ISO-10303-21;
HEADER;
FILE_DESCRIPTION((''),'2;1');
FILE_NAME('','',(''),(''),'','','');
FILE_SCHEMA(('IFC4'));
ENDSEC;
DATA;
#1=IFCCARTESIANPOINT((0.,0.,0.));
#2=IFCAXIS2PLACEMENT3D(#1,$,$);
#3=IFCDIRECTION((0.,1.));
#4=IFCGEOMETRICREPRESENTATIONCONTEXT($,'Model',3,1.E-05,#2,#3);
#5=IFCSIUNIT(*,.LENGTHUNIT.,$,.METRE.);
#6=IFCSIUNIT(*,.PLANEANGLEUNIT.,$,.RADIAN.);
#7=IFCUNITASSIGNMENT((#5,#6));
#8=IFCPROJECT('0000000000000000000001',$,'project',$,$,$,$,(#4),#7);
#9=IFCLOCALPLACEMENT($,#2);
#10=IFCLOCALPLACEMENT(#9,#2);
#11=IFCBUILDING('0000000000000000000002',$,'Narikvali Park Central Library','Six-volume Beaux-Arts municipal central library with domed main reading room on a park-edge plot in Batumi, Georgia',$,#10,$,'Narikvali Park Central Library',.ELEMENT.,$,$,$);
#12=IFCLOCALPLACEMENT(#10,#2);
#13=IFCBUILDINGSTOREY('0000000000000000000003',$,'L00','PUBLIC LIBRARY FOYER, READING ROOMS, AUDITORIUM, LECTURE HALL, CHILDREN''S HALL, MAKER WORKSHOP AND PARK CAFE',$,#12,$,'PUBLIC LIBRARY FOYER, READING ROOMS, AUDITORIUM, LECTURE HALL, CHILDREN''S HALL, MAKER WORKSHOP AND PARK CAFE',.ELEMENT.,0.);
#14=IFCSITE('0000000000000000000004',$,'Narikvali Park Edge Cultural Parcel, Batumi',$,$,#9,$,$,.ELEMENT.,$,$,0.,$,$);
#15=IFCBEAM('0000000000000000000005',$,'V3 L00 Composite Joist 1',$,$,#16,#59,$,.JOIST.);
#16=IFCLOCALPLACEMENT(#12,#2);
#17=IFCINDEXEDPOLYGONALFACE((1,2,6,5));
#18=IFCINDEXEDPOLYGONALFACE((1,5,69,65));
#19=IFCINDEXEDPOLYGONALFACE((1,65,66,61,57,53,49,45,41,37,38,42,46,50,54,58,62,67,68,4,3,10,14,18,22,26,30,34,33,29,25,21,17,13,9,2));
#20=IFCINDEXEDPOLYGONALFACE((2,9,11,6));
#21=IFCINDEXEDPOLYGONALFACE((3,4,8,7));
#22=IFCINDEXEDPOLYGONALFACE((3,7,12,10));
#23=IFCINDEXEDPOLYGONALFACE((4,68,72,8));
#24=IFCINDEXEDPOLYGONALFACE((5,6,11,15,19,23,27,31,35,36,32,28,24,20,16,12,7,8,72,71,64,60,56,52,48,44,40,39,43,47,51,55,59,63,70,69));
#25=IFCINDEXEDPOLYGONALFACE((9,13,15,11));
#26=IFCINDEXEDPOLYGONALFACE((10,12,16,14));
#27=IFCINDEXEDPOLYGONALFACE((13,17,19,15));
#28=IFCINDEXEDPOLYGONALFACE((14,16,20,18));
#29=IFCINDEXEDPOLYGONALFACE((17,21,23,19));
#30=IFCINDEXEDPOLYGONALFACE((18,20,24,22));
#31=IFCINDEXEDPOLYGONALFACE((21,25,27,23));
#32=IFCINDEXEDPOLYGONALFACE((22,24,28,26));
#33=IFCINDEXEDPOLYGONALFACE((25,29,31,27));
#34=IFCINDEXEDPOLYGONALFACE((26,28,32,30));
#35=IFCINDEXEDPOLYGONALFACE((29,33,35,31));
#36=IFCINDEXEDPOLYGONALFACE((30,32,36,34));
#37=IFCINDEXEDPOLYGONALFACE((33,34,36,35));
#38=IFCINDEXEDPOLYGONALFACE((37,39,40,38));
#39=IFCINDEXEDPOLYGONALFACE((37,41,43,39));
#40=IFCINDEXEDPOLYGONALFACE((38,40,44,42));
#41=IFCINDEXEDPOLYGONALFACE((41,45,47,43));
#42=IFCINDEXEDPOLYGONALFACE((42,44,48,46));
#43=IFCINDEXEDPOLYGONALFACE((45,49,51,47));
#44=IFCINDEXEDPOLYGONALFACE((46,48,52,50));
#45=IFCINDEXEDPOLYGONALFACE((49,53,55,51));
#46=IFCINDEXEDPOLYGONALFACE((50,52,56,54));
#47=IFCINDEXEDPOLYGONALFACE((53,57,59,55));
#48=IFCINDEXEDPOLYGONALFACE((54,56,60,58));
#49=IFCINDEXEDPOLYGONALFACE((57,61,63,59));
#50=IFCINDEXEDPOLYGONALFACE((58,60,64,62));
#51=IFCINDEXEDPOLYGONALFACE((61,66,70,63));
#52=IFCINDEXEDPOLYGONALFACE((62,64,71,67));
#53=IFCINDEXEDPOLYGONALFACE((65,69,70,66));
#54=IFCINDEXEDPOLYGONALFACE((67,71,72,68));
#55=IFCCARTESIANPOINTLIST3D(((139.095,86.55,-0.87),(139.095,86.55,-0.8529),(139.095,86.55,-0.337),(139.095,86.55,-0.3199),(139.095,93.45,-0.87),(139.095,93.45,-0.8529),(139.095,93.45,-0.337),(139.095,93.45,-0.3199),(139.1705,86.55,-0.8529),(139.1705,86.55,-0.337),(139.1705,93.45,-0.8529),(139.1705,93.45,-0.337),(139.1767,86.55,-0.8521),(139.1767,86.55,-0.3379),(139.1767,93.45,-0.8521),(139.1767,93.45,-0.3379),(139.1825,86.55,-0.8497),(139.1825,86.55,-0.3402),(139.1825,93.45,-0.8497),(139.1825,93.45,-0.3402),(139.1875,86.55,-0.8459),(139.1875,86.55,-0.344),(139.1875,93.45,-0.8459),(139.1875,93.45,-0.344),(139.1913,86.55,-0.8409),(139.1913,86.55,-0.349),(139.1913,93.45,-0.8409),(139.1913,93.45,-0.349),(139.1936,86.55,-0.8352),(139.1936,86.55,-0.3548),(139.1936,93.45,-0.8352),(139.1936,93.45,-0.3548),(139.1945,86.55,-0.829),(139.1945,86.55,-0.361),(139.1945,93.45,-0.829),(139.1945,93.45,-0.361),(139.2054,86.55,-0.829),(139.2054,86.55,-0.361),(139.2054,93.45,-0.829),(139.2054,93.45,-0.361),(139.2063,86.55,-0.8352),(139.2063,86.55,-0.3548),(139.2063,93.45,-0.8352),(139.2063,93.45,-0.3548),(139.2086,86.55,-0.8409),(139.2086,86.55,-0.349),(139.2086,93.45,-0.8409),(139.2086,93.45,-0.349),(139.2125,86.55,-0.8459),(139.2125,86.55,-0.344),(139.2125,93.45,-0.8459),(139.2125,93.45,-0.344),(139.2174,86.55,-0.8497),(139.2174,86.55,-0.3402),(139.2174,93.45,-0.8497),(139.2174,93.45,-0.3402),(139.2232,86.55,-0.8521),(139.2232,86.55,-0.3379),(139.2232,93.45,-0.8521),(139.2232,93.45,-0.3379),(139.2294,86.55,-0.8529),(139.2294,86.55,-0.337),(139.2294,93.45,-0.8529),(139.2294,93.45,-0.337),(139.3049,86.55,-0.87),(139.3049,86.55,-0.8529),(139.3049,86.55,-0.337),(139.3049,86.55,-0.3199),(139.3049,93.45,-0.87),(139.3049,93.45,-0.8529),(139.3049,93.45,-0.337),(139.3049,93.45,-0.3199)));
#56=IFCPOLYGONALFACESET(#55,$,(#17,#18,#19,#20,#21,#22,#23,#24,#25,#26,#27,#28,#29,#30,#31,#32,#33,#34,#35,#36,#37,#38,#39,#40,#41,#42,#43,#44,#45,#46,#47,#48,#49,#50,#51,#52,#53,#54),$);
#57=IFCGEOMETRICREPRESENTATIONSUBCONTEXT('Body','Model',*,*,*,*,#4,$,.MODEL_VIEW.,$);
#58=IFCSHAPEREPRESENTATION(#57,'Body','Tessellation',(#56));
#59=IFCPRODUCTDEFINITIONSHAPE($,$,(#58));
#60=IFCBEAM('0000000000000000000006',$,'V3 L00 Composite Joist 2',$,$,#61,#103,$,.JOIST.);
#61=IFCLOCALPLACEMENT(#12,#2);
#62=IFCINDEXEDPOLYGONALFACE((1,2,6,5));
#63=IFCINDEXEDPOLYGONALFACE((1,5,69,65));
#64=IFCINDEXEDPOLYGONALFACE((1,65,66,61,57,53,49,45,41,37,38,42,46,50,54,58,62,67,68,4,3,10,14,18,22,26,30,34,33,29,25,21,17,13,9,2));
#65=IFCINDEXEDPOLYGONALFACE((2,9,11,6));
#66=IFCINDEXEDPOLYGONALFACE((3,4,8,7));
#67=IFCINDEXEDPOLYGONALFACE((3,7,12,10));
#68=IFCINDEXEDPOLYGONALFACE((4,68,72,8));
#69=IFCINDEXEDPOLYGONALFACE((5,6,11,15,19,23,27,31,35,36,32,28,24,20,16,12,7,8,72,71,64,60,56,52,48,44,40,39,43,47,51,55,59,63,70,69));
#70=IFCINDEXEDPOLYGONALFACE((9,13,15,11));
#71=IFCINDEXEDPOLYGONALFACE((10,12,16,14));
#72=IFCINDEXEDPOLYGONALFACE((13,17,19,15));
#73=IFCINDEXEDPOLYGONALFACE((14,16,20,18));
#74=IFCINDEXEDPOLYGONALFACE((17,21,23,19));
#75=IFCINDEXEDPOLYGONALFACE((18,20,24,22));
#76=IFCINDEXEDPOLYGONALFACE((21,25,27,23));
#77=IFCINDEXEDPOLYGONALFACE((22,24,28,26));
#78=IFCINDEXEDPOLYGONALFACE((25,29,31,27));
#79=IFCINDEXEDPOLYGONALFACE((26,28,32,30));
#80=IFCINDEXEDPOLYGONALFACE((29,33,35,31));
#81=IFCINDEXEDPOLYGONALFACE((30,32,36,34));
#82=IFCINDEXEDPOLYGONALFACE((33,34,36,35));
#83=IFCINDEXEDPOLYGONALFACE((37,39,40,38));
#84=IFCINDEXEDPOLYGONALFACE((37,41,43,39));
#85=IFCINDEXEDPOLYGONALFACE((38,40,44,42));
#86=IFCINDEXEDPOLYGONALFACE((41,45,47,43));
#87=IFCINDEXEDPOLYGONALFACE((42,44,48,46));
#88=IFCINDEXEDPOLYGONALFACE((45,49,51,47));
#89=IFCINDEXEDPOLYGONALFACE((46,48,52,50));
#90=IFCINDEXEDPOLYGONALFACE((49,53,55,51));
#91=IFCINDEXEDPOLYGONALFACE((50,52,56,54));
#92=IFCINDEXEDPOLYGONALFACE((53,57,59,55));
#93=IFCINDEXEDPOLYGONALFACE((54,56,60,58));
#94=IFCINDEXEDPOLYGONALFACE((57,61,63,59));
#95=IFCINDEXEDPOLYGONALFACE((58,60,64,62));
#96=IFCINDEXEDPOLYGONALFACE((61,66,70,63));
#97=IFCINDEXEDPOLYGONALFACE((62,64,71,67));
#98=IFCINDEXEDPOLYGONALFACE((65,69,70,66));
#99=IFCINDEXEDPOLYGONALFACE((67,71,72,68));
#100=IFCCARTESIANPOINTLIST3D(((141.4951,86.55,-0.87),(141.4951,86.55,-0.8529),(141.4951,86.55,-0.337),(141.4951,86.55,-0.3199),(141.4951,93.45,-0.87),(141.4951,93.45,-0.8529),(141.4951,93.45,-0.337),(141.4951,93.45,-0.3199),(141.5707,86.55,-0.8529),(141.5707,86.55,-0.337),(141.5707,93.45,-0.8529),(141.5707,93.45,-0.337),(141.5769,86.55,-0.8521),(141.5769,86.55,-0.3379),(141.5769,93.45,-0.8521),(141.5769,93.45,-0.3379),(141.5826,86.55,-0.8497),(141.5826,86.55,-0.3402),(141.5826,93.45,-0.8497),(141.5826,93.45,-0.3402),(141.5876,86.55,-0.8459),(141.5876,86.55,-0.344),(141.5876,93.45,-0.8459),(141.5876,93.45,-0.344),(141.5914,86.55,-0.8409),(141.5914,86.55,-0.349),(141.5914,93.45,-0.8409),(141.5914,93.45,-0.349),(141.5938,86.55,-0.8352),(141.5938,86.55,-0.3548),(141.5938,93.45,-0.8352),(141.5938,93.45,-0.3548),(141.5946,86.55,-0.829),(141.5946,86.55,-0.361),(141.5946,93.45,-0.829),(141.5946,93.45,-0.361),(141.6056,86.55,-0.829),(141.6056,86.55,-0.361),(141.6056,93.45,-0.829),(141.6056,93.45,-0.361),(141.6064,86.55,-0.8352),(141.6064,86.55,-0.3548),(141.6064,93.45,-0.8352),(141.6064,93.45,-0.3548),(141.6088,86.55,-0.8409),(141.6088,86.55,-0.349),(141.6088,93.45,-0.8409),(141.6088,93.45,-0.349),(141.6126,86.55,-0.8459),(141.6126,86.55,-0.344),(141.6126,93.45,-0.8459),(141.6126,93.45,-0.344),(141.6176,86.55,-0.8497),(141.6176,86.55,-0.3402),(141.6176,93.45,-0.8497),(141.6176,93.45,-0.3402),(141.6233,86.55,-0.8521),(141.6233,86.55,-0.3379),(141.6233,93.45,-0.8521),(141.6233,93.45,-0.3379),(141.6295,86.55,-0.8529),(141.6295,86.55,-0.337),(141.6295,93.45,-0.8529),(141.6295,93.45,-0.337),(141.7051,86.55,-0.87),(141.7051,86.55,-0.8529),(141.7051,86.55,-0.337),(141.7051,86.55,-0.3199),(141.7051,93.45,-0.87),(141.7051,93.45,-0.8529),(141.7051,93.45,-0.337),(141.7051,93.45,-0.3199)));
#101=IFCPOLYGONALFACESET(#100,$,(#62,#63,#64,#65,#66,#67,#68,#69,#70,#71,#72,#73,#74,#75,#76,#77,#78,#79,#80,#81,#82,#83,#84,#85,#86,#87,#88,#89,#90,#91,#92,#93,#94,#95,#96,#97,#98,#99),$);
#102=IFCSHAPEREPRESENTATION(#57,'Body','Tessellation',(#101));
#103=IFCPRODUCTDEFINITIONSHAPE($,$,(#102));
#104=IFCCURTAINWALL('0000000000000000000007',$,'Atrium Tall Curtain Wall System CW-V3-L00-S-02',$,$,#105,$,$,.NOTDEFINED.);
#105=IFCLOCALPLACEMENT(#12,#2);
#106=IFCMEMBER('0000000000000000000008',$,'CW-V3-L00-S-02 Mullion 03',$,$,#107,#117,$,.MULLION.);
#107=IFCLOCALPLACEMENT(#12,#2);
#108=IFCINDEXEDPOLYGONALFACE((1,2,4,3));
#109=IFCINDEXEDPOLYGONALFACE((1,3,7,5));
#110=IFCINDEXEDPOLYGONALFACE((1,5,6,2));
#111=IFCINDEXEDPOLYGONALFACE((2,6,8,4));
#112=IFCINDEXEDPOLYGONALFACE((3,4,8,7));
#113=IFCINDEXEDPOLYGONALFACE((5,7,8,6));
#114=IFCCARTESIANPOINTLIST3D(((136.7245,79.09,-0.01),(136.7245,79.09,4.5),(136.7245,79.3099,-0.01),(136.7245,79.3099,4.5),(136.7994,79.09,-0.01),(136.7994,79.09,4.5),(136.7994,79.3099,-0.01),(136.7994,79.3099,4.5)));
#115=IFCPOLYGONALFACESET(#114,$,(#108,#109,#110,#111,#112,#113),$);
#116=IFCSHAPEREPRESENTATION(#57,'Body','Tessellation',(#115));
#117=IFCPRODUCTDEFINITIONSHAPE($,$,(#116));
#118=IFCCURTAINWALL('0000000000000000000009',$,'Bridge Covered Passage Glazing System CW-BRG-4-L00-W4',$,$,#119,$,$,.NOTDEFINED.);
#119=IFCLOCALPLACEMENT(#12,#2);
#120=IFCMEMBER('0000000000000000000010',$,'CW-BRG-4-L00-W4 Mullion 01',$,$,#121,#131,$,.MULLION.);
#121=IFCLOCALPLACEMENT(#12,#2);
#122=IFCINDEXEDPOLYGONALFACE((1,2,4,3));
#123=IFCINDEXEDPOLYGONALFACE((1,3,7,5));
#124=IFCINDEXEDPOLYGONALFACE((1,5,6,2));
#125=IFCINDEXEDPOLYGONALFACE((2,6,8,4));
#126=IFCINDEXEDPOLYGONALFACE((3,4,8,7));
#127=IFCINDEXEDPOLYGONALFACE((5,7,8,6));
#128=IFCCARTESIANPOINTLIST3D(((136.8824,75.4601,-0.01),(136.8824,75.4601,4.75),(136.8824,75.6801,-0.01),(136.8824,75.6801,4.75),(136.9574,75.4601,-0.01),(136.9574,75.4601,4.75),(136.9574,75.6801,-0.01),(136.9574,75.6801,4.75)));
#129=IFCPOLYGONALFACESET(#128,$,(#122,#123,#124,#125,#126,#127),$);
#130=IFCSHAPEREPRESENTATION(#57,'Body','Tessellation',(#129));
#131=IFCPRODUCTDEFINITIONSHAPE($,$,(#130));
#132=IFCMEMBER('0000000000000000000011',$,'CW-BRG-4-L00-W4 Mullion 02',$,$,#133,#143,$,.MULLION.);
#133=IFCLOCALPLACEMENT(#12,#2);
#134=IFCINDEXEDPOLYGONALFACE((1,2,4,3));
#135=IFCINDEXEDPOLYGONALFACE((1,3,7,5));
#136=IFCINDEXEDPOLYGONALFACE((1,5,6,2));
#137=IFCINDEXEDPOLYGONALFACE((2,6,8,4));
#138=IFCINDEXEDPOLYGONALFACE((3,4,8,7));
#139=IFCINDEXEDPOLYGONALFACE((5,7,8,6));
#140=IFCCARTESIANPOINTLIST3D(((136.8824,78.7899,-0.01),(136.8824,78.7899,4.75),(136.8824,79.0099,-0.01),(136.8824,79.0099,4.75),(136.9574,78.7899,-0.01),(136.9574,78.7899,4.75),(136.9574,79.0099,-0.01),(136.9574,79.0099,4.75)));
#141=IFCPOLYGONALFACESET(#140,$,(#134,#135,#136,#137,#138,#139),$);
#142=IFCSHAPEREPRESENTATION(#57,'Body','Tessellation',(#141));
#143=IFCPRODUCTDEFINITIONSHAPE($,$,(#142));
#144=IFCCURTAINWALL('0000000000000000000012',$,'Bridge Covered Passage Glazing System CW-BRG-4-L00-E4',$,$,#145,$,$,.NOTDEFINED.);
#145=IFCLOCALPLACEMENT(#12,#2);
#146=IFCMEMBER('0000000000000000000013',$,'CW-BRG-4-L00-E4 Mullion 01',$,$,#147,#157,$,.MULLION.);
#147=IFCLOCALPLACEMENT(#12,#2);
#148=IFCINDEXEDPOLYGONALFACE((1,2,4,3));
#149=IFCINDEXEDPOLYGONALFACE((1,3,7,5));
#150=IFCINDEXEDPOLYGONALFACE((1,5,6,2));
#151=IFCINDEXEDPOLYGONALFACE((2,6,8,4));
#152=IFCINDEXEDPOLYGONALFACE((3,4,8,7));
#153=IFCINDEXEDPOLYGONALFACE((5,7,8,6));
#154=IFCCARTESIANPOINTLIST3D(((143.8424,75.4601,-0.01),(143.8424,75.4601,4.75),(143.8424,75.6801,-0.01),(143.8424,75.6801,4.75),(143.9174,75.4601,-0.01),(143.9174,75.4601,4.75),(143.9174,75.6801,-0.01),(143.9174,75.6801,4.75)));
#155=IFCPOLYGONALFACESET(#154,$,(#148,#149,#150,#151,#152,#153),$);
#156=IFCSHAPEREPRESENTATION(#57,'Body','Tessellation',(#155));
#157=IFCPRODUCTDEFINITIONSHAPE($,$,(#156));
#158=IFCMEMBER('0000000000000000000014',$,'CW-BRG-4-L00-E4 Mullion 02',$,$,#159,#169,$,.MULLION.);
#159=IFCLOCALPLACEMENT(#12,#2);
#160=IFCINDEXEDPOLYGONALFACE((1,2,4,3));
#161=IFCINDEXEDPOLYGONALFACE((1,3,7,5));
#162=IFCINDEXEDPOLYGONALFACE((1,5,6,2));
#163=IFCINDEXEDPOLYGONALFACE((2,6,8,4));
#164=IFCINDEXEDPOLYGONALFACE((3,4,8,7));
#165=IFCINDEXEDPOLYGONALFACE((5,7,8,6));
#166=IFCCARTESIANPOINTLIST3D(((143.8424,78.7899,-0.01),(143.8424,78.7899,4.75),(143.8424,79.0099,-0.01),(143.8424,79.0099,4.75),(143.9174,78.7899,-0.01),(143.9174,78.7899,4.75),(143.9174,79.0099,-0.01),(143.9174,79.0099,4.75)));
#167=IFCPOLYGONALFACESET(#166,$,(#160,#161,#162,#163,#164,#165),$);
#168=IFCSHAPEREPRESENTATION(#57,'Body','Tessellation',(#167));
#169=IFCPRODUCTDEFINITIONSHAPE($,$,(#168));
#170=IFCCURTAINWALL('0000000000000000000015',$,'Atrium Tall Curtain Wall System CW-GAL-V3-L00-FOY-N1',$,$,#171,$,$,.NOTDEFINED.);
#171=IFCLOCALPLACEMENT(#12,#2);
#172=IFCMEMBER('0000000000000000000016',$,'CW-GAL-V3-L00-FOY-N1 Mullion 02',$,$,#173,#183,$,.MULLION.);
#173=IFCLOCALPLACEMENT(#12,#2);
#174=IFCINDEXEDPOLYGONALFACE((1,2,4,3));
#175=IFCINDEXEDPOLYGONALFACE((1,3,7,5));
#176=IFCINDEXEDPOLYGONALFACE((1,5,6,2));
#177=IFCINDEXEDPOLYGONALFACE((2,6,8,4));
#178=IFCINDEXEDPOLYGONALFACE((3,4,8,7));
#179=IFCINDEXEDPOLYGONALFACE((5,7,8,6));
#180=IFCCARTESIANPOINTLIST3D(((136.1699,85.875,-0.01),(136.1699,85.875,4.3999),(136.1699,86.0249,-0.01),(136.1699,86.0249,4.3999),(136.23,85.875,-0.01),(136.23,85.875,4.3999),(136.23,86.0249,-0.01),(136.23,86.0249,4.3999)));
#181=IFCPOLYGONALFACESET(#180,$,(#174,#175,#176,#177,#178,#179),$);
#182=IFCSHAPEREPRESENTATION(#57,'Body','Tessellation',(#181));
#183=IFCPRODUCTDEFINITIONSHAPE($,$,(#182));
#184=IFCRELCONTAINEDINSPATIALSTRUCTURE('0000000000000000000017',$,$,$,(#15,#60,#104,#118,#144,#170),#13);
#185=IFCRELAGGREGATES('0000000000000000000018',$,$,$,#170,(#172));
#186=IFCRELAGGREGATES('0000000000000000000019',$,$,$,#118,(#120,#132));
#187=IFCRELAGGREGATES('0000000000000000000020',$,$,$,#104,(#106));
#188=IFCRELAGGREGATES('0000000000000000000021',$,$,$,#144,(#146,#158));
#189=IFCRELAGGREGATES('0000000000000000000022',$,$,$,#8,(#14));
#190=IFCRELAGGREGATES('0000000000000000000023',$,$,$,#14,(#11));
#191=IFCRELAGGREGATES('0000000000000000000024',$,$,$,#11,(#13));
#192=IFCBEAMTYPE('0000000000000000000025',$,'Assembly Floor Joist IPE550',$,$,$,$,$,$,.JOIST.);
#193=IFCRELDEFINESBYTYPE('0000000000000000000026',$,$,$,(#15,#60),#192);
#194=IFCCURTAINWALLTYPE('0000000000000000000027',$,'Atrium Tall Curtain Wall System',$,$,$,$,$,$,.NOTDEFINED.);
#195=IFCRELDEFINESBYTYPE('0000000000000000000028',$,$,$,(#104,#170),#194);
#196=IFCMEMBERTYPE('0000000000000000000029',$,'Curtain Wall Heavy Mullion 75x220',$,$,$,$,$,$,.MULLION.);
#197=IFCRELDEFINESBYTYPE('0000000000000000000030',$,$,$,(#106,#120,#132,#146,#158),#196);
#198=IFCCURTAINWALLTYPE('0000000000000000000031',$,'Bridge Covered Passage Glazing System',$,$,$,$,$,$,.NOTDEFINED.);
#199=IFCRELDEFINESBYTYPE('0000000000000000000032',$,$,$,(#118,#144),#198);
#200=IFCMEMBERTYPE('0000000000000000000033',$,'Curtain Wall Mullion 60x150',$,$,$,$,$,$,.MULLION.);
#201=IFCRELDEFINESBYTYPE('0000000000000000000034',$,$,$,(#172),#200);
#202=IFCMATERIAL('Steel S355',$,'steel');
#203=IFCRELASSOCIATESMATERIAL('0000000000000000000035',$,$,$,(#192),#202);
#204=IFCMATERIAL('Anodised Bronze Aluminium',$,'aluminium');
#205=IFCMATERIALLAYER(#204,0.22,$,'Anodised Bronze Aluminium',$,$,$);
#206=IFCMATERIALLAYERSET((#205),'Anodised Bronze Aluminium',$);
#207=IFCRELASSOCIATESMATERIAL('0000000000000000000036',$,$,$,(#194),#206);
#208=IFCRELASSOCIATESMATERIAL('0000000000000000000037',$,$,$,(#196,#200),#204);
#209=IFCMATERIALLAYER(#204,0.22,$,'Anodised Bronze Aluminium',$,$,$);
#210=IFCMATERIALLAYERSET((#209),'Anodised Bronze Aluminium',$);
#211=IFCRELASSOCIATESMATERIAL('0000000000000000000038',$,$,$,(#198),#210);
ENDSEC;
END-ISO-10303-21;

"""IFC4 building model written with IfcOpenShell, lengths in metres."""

from ifc_helpers import new_model, si_unit, direction, frame, origin, origin_2d, place, context, subcontext, project, spatial, rectangle, i_section, extrude, material, layer, layer_set, material_profile, profile_set, type_object, element, aggregate, save


model = new_model("IFC4")

# Units and contexts
model_context = context("Model", 3, precision=1e-05, world=origin(), true_north=direction((0.0, 1.0)))
body_context = subcontext(model_context, "Body", "Model", "MODEL_VIEW")
ifc_project = project(units=[si_unit("LENGTHUNIT", "METRE"), si_unit("PLANEANGLEUNIT", "RADIAN")], contexts=[model_context])

# Site, building, storey
site_placement = place(None, origin())
site = spatial("IfcSite", under=ifc_project, at=site_placement, Name="Narikvali Park Edge Cultural Parcel, Batumi", CompositionType="ELEMENT", RefElevation=0.0)
building_placement = place(site_placement, origin())
building = spatial("IfcBuilding", under=site, at=building_placement, Name="Narikvali Park Central Library", Description="Six-volume Beaux-Arts municipal central library with domed main reading room on a park-edge plot in Batumi, Georgia", LongName="Narikvali Park Central Library", CompositionType="ELEMENT")
storey_placement = place(building_placement, origin())
storey = spatial("IfcBuildingStorey", under=building, at=storey_placement, Name="L00", Description="PUBLIC LIBRARY FOYER, READING ROOMS, AUDITORIUM, LECTURE HALL, CHILDREN'S HALL, MAKER WORKSHOP AND PARK CAFE", LongName="PUBLIC LIBRARY FOYER, READING ROOMS, AUDITORIUM, LECTURE HALL, CHILDREN'S HALL, MAKER WORKSHOP AND PARK CAFE", CompositionType="ELEMENT", Elevation=0.0)

# Shared definitions
ifc_material_1 = material(Name="Steel S355", Category="steel")

# Beams
ifc_material_profile_1 = material_profile(ifc_material_1, i_section(OverallWidth=0.21, OverallDepth=0.55, WebThickness=0.011, FlangeThickness=0.0171, FilletRadius=0.0239, at=origin_2d()), Name="IPE 550")
ifc_profile_set_1 = profile_set([ifc_material_profile_1], Name="Steel S355")
beam_type_1 = type_object("IfcBeamType", Name="Assembly Floor Joist IPE550", PredefinedType="JOIST", material=ifc_profile_set_1)
for number, where, z_axis, x_axis, name in (
    (1, (139.2, 86.55, -0.595), (0.0, 1.0, 0.0), (-1.0, 0.0, 0.0), "V3 L00 Composite Joist 1"),
    (2, (141.6001, 86.55, -0.595), (0.0, 1.0, 0.0), (-1.0, 0.0, 0.0), "V3 L00 Composite Joist 2"),
):
    element("IfcBeam", number, at=place(storey_placement, frame(where, z_axis=z_axis, x_axis=x_axis)), inside=storey, type_object=beam_type_1, Name=name, PredefinedType="JOIST", context=body_context, shape_type="SweptSolid", body=[
        extrude(i_section(OverallWidth=0.21, OverallDepth=0.55, WebThickness=0.011, FlangeThickness=0.0171, FilletRadius=0.0239, at=origin_2d()), origin(), (0.0, 0.0, 1.0), 6.8999),
    ])

# Curtain wall, member
ifc_material_2 = material(Name="Anodised Bronze Aluminium", Category="aluminium")
ifc_layer_1 = layer(ifc_material_2, 0.22, Name="Anodised Bronze Aluminium")
ifc_layer_set_1 = layer_set([ifc_layer_1], Name="Anodised Bronze Aluminium")
curtain_wall_type_1 = type_object("IfcCurtainWallType", Name="Atrium Tall Curtain Wall System", PredefinedType="NOTDEFINED", material=ifc_layer_set_1)
curtain_wall_1_placement = place(storey_placement, origin())
curtain_wall_1 = element("IfcCurtainWall", 3, at=curtain_wall_1_placement, inside=storey, type_object=curtain_wall_type_1, Name="Atrium Tall Curtain Wall System CW-V3-L00-S-02", PredefinedType="NOTDEFINED")
ifc_material_profile_2 = material_profile(ifc_material_2, rectangle(XDim=0.075, YDim=0.22, at=origin_2d()), Name="CW MULLION 75x220")
ifc_profile_set_2 = profile_set([ifc_material_profile_2], Name="Anodised Bronze Aluminium")
member_type_1 = type_object("IfcMemberType", Name="Curtain Wall Heavy Mullion 75x220", PredefinedType="MULLION", material=ifc_profile_set_2)
member_1_placement = place(storey_placement, frame((136.762, 79.2, -0.01), z_axis=(0.0, 0.0, 1.0), x_axis=(1.0, 0.0, 0.0)))
member_1 = element("IfcMember", 4, at=member_1_placement, type_object=member_type_1, Name="CW-V3-L00-S-02 Mullion 03", PredefinedType="MULLION", context=body_context, shape_type="SweptSolid", body=[
    extrude(rectangle(XDim=0.075, YDim=0.22, at=origin_2d()), origin(), (0.0, 0.0, 1.0), 4.51),
])

# Curtain walls, members
ifc_layer_2 = layer(ifc_material_2, 0.22, Name="Anodised Bronze Aluminium")
ifc_layer_set_2 = layer_set([ifc_layer_2], Name="Anodised Bronze Aluminium")
curtain_wall_type_2 = type_object("IfcCurtainWallType", Name="Bridge Covered Passage Glazing System", PredefinedType="NOTDEFINED", material=ifc_layer_set_2)
curtain_wall_2_placement = place(storey_placement, origin())
curtain_wall_2 = element("IfcCurtainWall", 5, at=curtain_wall_2_placement, inside=storey, type_object=curtain_wall_type_2, Name="Bridge Covered Passage Glazing System CW-BRG-4-L00-W4", PredefinedType="NOTDEFINED")
member_2_placement = place(storey_placement, frame((136.9199, 75.5701, -0.01), z_axis=(0.0, 0.0, 1.0), x_axis=(1.0, 0.0, 0.0)))
member_2 = element("IfcMember", 6, at=member_2_placement, type_object=member_type_1, Name="CW-BRG-4-L00-W4 Mullion 01", PredefinedType="MULLION", context=body_context, shape_type="SweptSolid", body=[
    extrude(rectangle(XDim=0.075, YDim=0.22, at=origin_2d()), origin(), (0.0, 0.0, 1.0), 4.76),
])
member_3_placement = place(storey_placement, frame((136.9199, 78.8999, -0.01), z_axis=(0.0, 0.0, 1.0), x_axis=(1.0, 0.0, 0.0)))
member_3 = element("IfcMember", 7, at=member_3_placement, type_object=member_type_1, Name="CW-BRG-4-L00-W4 Mullion 02", PredefinedType="MULLION", context=body_context, shape_type="SweptSolid", body=[
    extrude(rectangle(XDim=0.075, YDim=0.22, at=origin_2d()), origin(), (0.0, 0.0, 1.0), 4.76),
])
curtain_wall_3_placement = place(storey_placement, origin())
curtain_wall_3 = element("IfcCurtainWall", 8, at=curtain_wall_3_placement, inside=storey, type_object=curtain_wall_type_2, Name="Bridge Covered Passage Glazing System CW-BRG-4-L00-E4", PredefinedType="NOTDEFINED")
member_4_placement = place(storey_placement, frame((143.8799, 75.5701, -0.01), z_axis=(0.0, 0.0, 1.0), x_axis=(1.0, 0.0, 0.0)))
member_4 = element("IfcMember", 9, at=member_4_placement, type_object=member_type_1, Name="CW-BRG-4-L00-E4 Mullion 01", PredefinedType="MULLION", context=body_context, shape_type="SweptSolid", body=[
    extrude(rectangle(XDim=0.075, YDim=0.22, at=origin_2d()), origin(), (0.0, 0.0, 1.0), 4.76),
])
member_5_placement = place(storey_placement, frame((143.8799, 78.8999, -0.01), z_axis=(0.0, 0.0, 1.0), x_axis=(1.0, 0.0, 0.0)))
member_5 = element("IfcMember", 10, at=member_5_placement, type_object=member_type_1, Name="CW-BRG-4-L00-E4 Mullion 02", PredefinedType="MULLION", context=body_context, shape_type="SweptSolid", body=[
    extrude(rectangle(XDim=0.075, YDim=0.22, at=origin_2d()), origin(), (0.0, 0.0, 1.0), 4.76),
])

# Curtain wall, member
curtain_wall_4_placement = place(storey_placement, origin())
curtain_wall_4 = element("IfcCurtainWall", 11, at=curtain_wall_4_placement, inside=storey, type_object=curtain_wall_type_1, Name="Atrium Tall Curtain Wall System CW-GAL-V3-L00-FOY-N1", PredefinedType="NOTDEFINED")
ifc_material_profile_3 = material_profile(ifc_material_2, rectangle(XDim=0.0601, YDim=0.1499, at=origin_2d()), Name="CW MULLION 60x150")
ifc_profile_set_3 = profile_set([ifc_material_profile_3], Name="Anodised Bronze Aluminium")
member_type_2 = type_object("IfcMemberType", Name="Curtain Wall Mullion 60x150", PredefinedType="MULLION", material=ifc_profile_set_3)
member_6_placement = place(storey_placement, frame((136.2, 85.95, -0.01), z_axis=(0.0, 0.0, 1.0), x_axis=(1.0, 0.0, 0.0)))
member_6 = element("IfcMember", 12, at=member_6_placement, type_object=member_type_2, Name="CW-GAL-V3-L00-FOY-N1 Mullion 02", PredefinedType="MULLION", context=body_context, shape_type="SweptSolid", body=[
    extrude(rectangle(XDim=0.0601, YDim=0.1499, at=origin_2d()), origin(), (0.0, 0.0, 1.0), 4.4099),
])

aggregate(curtain_wall_4, [member_6])
aggregate(curtain_wall_2, [member_2, member_3])
aggregate(curtain_wall_1, [member_1])
aggregate(curtain_wall_3, [member_4, member_5])

save(model, "model.ifc")
